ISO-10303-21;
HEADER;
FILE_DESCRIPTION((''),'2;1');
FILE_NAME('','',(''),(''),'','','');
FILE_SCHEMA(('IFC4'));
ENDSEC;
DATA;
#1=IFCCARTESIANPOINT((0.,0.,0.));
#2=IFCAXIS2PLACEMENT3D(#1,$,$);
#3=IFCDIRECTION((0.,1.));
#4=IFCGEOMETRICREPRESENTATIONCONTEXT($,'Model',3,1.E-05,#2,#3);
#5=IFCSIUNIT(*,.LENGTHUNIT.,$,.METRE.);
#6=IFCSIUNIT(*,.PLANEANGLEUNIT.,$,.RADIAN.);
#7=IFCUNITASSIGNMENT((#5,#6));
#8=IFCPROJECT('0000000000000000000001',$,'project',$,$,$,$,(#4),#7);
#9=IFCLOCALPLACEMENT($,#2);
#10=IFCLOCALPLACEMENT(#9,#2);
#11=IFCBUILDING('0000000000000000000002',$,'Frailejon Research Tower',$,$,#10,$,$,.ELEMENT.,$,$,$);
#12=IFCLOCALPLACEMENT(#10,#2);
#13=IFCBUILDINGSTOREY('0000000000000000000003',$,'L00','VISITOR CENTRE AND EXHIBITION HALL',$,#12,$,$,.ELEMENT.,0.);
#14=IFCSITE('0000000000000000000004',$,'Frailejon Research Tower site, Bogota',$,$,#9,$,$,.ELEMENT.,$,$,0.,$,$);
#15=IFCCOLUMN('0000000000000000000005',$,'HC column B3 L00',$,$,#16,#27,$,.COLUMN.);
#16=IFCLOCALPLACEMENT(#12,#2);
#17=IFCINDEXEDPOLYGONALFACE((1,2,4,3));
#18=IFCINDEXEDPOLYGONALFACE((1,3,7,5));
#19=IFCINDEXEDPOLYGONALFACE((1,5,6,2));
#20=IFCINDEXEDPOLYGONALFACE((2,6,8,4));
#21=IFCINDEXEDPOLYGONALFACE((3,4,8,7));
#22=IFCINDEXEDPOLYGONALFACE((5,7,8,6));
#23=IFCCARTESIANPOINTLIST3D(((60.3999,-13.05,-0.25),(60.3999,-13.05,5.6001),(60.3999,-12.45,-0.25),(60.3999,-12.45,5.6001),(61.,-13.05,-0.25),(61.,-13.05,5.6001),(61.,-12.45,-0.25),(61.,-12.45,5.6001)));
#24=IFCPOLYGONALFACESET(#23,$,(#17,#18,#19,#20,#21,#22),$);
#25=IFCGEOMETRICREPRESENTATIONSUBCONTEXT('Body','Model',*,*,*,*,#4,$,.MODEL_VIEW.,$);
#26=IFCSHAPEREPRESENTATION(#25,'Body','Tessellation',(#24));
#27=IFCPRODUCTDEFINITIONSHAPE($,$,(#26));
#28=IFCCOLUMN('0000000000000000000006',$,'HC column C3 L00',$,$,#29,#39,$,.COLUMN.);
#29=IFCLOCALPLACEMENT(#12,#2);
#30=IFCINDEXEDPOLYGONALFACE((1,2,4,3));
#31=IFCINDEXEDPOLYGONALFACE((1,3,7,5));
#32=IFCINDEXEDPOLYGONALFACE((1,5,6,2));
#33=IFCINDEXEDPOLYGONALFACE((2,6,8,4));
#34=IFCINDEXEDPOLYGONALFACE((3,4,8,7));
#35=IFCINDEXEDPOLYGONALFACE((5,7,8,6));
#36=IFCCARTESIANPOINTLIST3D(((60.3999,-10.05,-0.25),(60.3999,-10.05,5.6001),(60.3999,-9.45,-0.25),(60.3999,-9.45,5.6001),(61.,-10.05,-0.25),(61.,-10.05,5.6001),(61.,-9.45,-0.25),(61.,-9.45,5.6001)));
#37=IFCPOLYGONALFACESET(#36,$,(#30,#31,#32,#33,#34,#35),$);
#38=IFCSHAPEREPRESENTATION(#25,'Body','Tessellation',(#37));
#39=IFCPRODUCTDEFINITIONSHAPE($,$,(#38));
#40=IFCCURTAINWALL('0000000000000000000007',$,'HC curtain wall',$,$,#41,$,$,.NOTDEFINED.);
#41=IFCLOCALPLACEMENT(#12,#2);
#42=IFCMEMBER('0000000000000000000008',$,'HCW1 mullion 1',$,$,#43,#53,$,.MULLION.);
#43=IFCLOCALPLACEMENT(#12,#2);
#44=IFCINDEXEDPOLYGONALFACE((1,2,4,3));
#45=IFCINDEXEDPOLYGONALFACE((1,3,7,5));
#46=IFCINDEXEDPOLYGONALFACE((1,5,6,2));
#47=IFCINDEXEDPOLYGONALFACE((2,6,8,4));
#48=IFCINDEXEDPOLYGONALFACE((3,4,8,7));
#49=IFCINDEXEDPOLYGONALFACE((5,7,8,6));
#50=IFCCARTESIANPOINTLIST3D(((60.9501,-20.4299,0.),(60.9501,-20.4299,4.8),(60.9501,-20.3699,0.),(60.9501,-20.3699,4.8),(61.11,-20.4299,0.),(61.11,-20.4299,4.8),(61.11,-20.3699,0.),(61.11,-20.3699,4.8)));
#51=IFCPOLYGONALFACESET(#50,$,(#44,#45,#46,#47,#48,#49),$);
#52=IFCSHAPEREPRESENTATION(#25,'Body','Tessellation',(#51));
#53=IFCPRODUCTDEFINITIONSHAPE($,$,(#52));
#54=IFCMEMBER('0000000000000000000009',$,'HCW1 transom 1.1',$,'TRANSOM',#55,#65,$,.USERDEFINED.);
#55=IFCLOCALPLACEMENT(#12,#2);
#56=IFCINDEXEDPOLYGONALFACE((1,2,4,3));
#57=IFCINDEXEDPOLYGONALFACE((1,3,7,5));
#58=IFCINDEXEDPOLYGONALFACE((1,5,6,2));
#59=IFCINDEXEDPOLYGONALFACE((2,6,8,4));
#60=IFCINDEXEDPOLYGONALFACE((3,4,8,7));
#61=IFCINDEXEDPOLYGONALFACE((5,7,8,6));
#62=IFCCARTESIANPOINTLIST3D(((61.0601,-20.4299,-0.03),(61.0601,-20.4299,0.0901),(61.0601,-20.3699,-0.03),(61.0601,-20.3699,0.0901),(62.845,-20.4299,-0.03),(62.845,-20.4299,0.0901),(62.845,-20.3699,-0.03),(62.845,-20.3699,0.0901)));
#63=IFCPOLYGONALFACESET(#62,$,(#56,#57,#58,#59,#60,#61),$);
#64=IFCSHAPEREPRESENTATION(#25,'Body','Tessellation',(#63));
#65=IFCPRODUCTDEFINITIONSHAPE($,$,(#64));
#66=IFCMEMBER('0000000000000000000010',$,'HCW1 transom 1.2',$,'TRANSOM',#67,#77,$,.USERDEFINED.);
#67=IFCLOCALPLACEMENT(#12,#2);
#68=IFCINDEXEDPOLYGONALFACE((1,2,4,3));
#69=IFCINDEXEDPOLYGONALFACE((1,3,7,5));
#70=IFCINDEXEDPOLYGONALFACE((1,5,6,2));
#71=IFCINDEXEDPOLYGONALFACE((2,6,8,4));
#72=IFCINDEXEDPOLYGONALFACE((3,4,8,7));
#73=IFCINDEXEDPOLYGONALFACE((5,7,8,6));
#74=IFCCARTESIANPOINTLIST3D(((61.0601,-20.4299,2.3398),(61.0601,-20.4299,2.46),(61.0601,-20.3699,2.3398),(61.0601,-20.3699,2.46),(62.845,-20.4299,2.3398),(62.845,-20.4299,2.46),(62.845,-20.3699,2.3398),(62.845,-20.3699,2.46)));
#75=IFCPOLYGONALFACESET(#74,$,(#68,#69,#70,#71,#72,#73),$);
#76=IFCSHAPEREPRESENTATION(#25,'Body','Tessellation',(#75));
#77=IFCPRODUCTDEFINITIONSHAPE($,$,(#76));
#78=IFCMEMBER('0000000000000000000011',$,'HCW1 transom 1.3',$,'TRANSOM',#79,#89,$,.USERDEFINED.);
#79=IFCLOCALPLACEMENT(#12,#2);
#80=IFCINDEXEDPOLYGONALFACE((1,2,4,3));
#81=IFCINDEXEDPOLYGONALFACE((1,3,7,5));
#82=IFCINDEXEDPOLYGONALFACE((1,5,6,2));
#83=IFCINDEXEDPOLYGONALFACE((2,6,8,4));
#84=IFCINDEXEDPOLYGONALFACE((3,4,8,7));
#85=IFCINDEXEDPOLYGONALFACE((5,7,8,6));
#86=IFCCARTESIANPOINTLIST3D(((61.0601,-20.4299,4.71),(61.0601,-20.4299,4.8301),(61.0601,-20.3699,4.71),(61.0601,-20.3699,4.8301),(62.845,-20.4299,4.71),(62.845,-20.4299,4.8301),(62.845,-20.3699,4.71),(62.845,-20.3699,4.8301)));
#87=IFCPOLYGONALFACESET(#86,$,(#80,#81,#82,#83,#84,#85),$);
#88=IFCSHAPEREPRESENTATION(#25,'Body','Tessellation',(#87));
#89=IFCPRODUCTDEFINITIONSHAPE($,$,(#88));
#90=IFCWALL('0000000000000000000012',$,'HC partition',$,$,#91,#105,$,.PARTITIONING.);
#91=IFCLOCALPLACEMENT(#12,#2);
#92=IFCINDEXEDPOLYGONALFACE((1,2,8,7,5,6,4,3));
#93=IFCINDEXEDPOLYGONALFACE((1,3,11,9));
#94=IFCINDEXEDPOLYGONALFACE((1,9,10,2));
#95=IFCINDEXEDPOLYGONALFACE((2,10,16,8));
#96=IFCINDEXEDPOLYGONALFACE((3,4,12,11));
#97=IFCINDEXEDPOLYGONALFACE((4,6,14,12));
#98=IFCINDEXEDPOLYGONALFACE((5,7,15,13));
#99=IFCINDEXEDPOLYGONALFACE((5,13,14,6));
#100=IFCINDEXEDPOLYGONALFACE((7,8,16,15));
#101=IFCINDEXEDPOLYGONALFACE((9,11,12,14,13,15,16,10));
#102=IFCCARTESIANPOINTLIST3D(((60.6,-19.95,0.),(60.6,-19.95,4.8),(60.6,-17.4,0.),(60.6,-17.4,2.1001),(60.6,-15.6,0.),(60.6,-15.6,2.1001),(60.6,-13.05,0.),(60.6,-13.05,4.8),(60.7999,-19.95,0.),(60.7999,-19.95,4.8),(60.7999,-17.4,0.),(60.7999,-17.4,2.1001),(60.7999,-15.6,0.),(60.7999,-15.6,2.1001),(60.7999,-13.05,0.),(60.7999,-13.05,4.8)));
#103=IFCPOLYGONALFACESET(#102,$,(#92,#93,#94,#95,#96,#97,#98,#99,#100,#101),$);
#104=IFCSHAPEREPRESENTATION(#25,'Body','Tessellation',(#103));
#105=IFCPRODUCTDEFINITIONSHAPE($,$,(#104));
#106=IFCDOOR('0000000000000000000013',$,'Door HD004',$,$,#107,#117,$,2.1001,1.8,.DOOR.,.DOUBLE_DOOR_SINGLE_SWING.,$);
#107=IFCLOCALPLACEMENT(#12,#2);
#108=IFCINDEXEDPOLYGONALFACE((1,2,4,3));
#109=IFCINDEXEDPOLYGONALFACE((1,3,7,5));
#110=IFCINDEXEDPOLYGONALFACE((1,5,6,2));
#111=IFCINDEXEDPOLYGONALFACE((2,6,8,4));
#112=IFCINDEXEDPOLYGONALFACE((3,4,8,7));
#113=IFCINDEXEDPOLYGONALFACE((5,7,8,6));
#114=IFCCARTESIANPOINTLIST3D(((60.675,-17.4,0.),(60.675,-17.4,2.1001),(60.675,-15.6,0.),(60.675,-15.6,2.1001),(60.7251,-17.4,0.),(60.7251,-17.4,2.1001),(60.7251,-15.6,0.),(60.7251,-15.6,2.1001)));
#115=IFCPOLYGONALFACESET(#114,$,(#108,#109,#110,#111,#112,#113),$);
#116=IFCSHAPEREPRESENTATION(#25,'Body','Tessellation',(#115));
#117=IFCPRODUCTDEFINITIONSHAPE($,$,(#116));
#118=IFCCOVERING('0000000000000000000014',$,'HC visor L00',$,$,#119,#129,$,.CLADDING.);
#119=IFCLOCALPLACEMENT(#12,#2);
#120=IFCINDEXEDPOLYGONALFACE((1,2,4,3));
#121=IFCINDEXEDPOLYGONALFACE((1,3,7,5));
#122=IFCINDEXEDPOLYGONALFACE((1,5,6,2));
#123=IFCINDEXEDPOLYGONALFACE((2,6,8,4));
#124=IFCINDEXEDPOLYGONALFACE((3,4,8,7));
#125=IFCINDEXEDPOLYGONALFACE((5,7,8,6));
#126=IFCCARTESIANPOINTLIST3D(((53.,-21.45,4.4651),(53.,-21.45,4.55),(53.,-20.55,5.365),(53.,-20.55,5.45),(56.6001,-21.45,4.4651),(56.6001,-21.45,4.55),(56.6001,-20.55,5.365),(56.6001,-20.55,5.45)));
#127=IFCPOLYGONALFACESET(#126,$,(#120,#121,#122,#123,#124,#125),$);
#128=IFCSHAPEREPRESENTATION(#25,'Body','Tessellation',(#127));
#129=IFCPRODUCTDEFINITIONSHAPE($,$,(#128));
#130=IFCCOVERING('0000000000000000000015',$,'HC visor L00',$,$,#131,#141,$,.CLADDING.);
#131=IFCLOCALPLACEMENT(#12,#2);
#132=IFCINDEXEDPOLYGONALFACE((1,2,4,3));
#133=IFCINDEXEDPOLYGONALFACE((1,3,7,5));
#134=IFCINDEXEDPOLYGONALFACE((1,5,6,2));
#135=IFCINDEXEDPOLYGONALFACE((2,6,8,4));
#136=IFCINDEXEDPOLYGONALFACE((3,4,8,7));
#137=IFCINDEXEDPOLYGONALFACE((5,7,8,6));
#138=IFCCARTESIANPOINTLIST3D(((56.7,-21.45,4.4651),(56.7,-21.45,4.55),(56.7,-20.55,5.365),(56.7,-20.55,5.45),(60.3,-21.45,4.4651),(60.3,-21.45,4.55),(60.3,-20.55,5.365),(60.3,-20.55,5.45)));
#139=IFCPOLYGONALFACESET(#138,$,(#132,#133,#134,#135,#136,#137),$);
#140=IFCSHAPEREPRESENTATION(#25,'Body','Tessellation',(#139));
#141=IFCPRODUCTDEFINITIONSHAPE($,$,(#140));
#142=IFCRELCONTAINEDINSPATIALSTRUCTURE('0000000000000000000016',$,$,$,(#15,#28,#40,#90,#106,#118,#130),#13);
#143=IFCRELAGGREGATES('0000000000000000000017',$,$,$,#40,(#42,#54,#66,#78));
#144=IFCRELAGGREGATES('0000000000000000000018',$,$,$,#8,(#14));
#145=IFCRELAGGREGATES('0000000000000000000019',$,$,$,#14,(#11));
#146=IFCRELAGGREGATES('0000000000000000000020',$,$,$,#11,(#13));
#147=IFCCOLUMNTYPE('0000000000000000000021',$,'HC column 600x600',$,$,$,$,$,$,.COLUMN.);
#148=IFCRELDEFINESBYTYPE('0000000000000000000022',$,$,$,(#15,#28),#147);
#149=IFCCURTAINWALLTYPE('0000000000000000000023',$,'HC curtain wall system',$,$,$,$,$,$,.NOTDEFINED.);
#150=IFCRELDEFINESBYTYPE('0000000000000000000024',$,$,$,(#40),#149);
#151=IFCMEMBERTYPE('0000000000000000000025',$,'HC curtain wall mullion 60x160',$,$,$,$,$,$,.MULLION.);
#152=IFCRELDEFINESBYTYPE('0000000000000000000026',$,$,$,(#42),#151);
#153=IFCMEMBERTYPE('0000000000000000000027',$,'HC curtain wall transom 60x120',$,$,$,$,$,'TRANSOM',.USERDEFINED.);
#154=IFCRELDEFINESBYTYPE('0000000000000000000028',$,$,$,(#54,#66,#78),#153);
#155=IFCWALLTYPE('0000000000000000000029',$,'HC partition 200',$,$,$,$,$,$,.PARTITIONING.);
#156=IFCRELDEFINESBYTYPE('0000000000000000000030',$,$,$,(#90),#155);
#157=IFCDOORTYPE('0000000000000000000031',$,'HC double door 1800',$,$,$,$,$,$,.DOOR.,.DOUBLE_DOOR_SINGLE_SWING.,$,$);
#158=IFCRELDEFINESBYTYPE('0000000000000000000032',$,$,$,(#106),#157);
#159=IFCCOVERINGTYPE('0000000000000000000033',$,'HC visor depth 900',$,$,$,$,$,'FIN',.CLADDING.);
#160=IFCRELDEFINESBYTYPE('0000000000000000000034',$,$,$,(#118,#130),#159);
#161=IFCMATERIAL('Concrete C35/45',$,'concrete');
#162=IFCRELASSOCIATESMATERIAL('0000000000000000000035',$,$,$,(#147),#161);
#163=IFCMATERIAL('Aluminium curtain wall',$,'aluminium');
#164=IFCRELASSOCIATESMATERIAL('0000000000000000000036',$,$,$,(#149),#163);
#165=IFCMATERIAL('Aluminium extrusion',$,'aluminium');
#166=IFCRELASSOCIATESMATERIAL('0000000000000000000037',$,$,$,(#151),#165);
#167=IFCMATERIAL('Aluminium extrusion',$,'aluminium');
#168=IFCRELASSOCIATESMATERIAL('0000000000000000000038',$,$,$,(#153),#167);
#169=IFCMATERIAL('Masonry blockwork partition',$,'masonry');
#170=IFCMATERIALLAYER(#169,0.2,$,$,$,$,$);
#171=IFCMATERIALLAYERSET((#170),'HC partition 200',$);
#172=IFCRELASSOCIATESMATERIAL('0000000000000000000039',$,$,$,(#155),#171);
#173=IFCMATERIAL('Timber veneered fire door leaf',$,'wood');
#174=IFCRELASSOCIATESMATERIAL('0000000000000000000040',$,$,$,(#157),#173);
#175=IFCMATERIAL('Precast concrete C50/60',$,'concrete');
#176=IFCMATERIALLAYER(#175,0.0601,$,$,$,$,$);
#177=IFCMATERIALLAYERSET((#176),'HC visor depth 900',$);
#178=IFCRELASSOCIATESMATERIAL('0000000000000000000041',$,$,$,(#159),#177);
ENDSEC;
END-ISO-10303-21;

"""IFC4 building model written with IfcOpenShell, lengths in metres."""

from ifc_helpers import new_model, si_unit, direction, frame, frame_2d, origin, origin_2d, place, context, subcontext, project, spatial, polyline, rectangle, outline, extrude, material, layer, layer_set, material_profile, profile_set, type_object, element, fill, aggregate, save


model = new_model("IFC4")

# Units and contexts
model_context = context("Model", 3, precision=1e-05, world=origin(), true_north=direction((0.0, 1.0)))
body_context = subcontext(model_context, "Body", "Model", "MODEL_VIEW")
ifc_project = project(units=[si_unit("LENGTHUNIT", "METRE"), si_unit("PLANEANGLEUNIT", "RADIAN")], contexts=[model_context])

# Site, building, storey
site_placement = place(None, origin())
site = spatial("IfcSite", under=ifc_project, at=site_placement, Name="Frailejon Research Tower site, Bogota", CompositionType="ELEMENT", RefElevation=0.0)
building_placement = place(site_placement, origin())
building = spatial("IfcBuilding", under=site, at=building_placement, Name="Frailejon Research Tower", CompositionType="ELEMENT")
storey_placement = place(building_placement, origin())
storey = spatial("IfcBuildingStorey", under=building, at=storey_placement, Name="L00", Description="VISITOR CENTRE AND EXHIBITION HALL", CompositionType="ELEMENT", Elevation=0.0)

# Columns
ifc_material_1 = material(Name="Concrete C35/45", Category="concrete")
ifc_material_profile_1 = material_profile(ifc_material_1, rectangle(XDim=0.6001, YDim=0.6001, at=origin_2d()), Name="HC column 600x600")
ifc_profile_set_1 = profile_set([ifc_material_profile_1], Name="Concrete C35/45")
column_type = type_object("IfcColumnType", Name="HC column 600x600", PredefinedType="COLUMN", material=ifc_profile_set_1)
for number, where, z_axis, x_axis, name in (
    (1, (60.7, -12.75, -0.25), (0.0, 0.0, 1.0), (1.0, 0.0, 0.0), "HC column B3 L00"),
    (2, (60.7, -9.75, -0.25), (0.0, 0.0, 1.0), (1.0, 0.0, 0.0), "HC column C3 L00"),
):
    element("IfcColumn", number, at=place(storey_placement, frame(where, z_axis=z_axis, x_axis=x_axis)), inside=storey, type_object=column_type, Name=name, PredefinedType="COLUMN", context=body_context, shape_type="SweptSolid", body=[
        extrude(rectangle(XDim=0.6001, YDim=0.6001, at=origin_2d()), origin(), (0.0, 0.0, 1.0), 5.8501),
    ])

# Curtain wall, members
ifc_material_2 = material(Name="Aluminium curtain wall", Category="aluminium")
curtain_wall_type = type_object("IfcCurtainWallType", Name="HC curtain wall system", PredefinedType="NOTDEFINED", material=ifc_material_2)
curtain_wall_placement = place(storey_placement, origin())
curtain_wall = element("IfcCurtainWall", 3, at=curtain_wall_placement, inside=storey, type_object=curtain_wall_type, Name="HC curtain wall", PredefinedType="NOTDEFINED")
ifc_material_3 = material(Name="Aluminium extrusion", Category="aluminium")
ifc_material_profile_2 = material_profile(ifc_material_3, rectangle(XDim=0.0601, YDim=0.1599, at=origin_2d()), Name="HC curtain wall mullion 60x160")
ifc_profile_set_2 = profile_set([ifc_material_profile_2], Name="Aluminium extrusion")
member_type_1 = type_object("IfcMemberType", Name="HC curtain wall mullion 60x160", PredefinedType="MULLION", material=ifc_profile_set_2)
member_1_placement = place(storey_placement, frame((61.03, -20.3999, 0.0), z_axis=(0.0, 0.0, 1.0), x_axis=(0.0, 1.0, 0.0)))
member_1 = element("IfcMember", 4, at=member_1_placement, type_object=member_type_1, Name="HCW1 mullion 1", PredefinedType="MULLION", context=body_context, shape_type="SweptSolid", body=[
    extrude(rectangle(XDim=0.0601, YDim=0.1599, at=origin_2d()), origin(), (0.0, 0.0, 1.0), 4.8),
])
ifc_material_4 = material(Name="Aluminium extrusion", Category="aluminium")
ifc_material_profile_3 = material_profile(ifc_material_4, rectangle(XDim=0.0601, YDim=0.1201, at=origin_2d()), Name="HC curtain wall transom 60x120")
ifc_profile_set_3 = profile_set([ifc_material_profile_3], Name="Aluminium extrusion")
member_type_2 = type_object("IfcMemberType", Name="HC curtain wall transom 60x120", ElementType="TRANSOM", PredefinedType="USERDEFINED", material=ifc_profile_set_3)
member_2_placement = place(storey_placement, frame((61.0601, -20.3999, 0.03), z_axis=(1.0, 0.0, 0.0), x_axis=(0.0, 1.0, 0.0)))
member_2 = element("IfcMember", 5, at=member_2_placement, type_object=member_type_2, Name="HCW1 transom 1.1", ObjectType="TRANSOM", PredefinedType="USERDEFINED", context=body_context, shape_type="SweptSolid", body=[
    extrude(rectangle(XDim=0.0601, YDim=0.1201, at=origin_2d()), origin(), (0.0, 0.0, 1.0), 1.7849),
])
member_3_placement = place(storey_placement, frame((61.0601, -20.3999, 2.3999), z_axis=(1.0, 0.0, 0.0), x_axis=(0.0, 1.0, 0.0)))
member_3 = element("IfcMember", 6, at=member_3_placement, type_object=member_type_2, Name="HCW1 transom 1.2", ObjectType="TRANSOM", PredefinedType="USERDEFINED", context=body_context, shape_type="SweptSolid", body=[
    extrude(rectangle(XDim=0.0601, YDim=0.1201, at=origin_2d()), origin(), (0.0, 0.0, 1.0), 1.7849),
])
member_4_placement = place(storey_placement, frame((61.0601, -20.3999, 4.77), z_axis=(1.0, 0.0, 0.0), x_axis=(0.0, 1.0, 0.0)))
member_4 = element("IfcMember", 7, at=member_4_placement, type_object=member_type_2, Name="HCW1 transom 1.3", ObjectType="TRANSOM", PredefinedType="USERDEFINED", context=body_context, shape_type="SweptSolid", body=[
    extrude(rectangle(XDim=0.0601, YDim=0.1201, at=origin_2d()), origin(), (0.0, 0.0, 1.0), 1.7849),
])
aggregate(curtain_wall, [member_1, member_2, member_3, member_4])

# Wall, opening, door
ifc_material_5 = material(Name="Masonry blockwork partition", Category="masonry")
ifc_layer_1 = layer(ifc_material_5, 0.2)
ifc_layer_set_1 = layer_set([ifc_layer_1], Name="HC partition 200")
wall_type = type_object("IfcWallType", Name="HC partition 200", PredefinedType="PARTITIONING", material=ifc_layer_set_1)
wall_placement = place(storey_placement, frame((60.7, -19.95, 0.0), z_axis=(0.0, 0.0, 1.0), x_axis=(0.0, 1.0, 0.0)))
wall = element("IfcWall", 8, at=wall_placement, inside=storey, type_object=wall_type, Name="HC partition", PredefinedType="PARTITIONING", context=body_context, shape_type="SweptSolid", body=[
    extrude(rectangle(XDim=6.8999, YDim=0.2, at=frame_2d((3.45, 0.0))), origin(), (0.0, 0.0, 1.0), 4.8),
])
opening_placement = place(wall_placement, frame((2.55, 0.0, 0.0)))
opening = element("IfcOpeningElement", 9, at=opening_placement, cuts=wall, PredefinedType="OPENING", context=body_context, shape_type="SweptSolid", body=[
    extrude(rectangle(XDim=1.8, YDim=2.1001, at=frame_2d((0.8999, 1.05))), frame((0.0, 0.1099, 0.0), z_axis=(0.0, -1.0, 0.0), x_axis=(1.0, 0.0, 0.0)), (0.0, 0.0, 1.0), 0.22),
])
ifc_material_6 = material(Name="Timber veneered fire door leaf", Category="wood")
door_type = type_object("IfcDoorType", Name="HC double door 1800", OperationType="DOUBLE_DOOR_SINGLE_SWING", PredefinedType="DOOR", material=ifc_material_6)
door_placement = place(opening_placement, origin())
door = element("IfcDoor", 10, at=door_placement, inside=storey, type_object=door_type, Name="Door HD004", OperationType="DOUBLE_DOOR_SINGLE_SWING", OverallHeight=2.1001, OverallWidth=1.8, PredefinedType="DOOR", context=body_context, shape_type="SweptSolid", body=[
    extrude(rectangle(XDim=1.8, YDim=2.1001, at=frame_2d((0.8999, 1.05))), frame((0.0, 0.0249, 0.0), z_axis=(0.0, -1.0, 0.0), x_axis=(1.0, 0.0, 0.0)), (0.0, 0.0, 1.0), 0.05),
])
fill(opening, door)

# Coverings
ifc_material_7 = material(Name="Precast concrete C50/60", Category="concrete")
ifc_layer_2 = layer(ifc_material_7, 0.0601)
ifc_layer_set_2 = layer_set([ifc_layer_2], Name="HC visor depth 900")
covering_type = type_object("IfcCoveringType", Name="HC visor depth 900", ElementType="FIN", PredefinedType="CLADDING", material=ifc_layer_set_2)
for number, where, z_axis, x_axis, name in (
    (11, (56.6001, -20.55, 5.45), (-1.0, 0.0, 0.0), (0.0, -1.0, 0.0), "HC visor L00"),
    (12, (60.3, -20.55, 5.45), (-1.0, 0.0, 0.0), (0.0, -1.0, 0.0), "HC visor L00"),
):
    element("IfcCovering", number, at=place(storey_placement, frame(where, z_axis=z_axis, x_axis=x_axis)), inside=storey, type_object=covering_type, Name=name, PredefinedType="CLADDING", context=body_context, shape_type="SweptSolid", body=[
        extrude(outline(polyline([(0.0, -0.085), (0.8999, -0.9849), (0.8999, -0.8999), (0.0, 0.0), (0.0, -0.085)])), origin(), (0.0, 0.0, 1.0), 3.6001),
    ])

save(model, "model.ifc")
